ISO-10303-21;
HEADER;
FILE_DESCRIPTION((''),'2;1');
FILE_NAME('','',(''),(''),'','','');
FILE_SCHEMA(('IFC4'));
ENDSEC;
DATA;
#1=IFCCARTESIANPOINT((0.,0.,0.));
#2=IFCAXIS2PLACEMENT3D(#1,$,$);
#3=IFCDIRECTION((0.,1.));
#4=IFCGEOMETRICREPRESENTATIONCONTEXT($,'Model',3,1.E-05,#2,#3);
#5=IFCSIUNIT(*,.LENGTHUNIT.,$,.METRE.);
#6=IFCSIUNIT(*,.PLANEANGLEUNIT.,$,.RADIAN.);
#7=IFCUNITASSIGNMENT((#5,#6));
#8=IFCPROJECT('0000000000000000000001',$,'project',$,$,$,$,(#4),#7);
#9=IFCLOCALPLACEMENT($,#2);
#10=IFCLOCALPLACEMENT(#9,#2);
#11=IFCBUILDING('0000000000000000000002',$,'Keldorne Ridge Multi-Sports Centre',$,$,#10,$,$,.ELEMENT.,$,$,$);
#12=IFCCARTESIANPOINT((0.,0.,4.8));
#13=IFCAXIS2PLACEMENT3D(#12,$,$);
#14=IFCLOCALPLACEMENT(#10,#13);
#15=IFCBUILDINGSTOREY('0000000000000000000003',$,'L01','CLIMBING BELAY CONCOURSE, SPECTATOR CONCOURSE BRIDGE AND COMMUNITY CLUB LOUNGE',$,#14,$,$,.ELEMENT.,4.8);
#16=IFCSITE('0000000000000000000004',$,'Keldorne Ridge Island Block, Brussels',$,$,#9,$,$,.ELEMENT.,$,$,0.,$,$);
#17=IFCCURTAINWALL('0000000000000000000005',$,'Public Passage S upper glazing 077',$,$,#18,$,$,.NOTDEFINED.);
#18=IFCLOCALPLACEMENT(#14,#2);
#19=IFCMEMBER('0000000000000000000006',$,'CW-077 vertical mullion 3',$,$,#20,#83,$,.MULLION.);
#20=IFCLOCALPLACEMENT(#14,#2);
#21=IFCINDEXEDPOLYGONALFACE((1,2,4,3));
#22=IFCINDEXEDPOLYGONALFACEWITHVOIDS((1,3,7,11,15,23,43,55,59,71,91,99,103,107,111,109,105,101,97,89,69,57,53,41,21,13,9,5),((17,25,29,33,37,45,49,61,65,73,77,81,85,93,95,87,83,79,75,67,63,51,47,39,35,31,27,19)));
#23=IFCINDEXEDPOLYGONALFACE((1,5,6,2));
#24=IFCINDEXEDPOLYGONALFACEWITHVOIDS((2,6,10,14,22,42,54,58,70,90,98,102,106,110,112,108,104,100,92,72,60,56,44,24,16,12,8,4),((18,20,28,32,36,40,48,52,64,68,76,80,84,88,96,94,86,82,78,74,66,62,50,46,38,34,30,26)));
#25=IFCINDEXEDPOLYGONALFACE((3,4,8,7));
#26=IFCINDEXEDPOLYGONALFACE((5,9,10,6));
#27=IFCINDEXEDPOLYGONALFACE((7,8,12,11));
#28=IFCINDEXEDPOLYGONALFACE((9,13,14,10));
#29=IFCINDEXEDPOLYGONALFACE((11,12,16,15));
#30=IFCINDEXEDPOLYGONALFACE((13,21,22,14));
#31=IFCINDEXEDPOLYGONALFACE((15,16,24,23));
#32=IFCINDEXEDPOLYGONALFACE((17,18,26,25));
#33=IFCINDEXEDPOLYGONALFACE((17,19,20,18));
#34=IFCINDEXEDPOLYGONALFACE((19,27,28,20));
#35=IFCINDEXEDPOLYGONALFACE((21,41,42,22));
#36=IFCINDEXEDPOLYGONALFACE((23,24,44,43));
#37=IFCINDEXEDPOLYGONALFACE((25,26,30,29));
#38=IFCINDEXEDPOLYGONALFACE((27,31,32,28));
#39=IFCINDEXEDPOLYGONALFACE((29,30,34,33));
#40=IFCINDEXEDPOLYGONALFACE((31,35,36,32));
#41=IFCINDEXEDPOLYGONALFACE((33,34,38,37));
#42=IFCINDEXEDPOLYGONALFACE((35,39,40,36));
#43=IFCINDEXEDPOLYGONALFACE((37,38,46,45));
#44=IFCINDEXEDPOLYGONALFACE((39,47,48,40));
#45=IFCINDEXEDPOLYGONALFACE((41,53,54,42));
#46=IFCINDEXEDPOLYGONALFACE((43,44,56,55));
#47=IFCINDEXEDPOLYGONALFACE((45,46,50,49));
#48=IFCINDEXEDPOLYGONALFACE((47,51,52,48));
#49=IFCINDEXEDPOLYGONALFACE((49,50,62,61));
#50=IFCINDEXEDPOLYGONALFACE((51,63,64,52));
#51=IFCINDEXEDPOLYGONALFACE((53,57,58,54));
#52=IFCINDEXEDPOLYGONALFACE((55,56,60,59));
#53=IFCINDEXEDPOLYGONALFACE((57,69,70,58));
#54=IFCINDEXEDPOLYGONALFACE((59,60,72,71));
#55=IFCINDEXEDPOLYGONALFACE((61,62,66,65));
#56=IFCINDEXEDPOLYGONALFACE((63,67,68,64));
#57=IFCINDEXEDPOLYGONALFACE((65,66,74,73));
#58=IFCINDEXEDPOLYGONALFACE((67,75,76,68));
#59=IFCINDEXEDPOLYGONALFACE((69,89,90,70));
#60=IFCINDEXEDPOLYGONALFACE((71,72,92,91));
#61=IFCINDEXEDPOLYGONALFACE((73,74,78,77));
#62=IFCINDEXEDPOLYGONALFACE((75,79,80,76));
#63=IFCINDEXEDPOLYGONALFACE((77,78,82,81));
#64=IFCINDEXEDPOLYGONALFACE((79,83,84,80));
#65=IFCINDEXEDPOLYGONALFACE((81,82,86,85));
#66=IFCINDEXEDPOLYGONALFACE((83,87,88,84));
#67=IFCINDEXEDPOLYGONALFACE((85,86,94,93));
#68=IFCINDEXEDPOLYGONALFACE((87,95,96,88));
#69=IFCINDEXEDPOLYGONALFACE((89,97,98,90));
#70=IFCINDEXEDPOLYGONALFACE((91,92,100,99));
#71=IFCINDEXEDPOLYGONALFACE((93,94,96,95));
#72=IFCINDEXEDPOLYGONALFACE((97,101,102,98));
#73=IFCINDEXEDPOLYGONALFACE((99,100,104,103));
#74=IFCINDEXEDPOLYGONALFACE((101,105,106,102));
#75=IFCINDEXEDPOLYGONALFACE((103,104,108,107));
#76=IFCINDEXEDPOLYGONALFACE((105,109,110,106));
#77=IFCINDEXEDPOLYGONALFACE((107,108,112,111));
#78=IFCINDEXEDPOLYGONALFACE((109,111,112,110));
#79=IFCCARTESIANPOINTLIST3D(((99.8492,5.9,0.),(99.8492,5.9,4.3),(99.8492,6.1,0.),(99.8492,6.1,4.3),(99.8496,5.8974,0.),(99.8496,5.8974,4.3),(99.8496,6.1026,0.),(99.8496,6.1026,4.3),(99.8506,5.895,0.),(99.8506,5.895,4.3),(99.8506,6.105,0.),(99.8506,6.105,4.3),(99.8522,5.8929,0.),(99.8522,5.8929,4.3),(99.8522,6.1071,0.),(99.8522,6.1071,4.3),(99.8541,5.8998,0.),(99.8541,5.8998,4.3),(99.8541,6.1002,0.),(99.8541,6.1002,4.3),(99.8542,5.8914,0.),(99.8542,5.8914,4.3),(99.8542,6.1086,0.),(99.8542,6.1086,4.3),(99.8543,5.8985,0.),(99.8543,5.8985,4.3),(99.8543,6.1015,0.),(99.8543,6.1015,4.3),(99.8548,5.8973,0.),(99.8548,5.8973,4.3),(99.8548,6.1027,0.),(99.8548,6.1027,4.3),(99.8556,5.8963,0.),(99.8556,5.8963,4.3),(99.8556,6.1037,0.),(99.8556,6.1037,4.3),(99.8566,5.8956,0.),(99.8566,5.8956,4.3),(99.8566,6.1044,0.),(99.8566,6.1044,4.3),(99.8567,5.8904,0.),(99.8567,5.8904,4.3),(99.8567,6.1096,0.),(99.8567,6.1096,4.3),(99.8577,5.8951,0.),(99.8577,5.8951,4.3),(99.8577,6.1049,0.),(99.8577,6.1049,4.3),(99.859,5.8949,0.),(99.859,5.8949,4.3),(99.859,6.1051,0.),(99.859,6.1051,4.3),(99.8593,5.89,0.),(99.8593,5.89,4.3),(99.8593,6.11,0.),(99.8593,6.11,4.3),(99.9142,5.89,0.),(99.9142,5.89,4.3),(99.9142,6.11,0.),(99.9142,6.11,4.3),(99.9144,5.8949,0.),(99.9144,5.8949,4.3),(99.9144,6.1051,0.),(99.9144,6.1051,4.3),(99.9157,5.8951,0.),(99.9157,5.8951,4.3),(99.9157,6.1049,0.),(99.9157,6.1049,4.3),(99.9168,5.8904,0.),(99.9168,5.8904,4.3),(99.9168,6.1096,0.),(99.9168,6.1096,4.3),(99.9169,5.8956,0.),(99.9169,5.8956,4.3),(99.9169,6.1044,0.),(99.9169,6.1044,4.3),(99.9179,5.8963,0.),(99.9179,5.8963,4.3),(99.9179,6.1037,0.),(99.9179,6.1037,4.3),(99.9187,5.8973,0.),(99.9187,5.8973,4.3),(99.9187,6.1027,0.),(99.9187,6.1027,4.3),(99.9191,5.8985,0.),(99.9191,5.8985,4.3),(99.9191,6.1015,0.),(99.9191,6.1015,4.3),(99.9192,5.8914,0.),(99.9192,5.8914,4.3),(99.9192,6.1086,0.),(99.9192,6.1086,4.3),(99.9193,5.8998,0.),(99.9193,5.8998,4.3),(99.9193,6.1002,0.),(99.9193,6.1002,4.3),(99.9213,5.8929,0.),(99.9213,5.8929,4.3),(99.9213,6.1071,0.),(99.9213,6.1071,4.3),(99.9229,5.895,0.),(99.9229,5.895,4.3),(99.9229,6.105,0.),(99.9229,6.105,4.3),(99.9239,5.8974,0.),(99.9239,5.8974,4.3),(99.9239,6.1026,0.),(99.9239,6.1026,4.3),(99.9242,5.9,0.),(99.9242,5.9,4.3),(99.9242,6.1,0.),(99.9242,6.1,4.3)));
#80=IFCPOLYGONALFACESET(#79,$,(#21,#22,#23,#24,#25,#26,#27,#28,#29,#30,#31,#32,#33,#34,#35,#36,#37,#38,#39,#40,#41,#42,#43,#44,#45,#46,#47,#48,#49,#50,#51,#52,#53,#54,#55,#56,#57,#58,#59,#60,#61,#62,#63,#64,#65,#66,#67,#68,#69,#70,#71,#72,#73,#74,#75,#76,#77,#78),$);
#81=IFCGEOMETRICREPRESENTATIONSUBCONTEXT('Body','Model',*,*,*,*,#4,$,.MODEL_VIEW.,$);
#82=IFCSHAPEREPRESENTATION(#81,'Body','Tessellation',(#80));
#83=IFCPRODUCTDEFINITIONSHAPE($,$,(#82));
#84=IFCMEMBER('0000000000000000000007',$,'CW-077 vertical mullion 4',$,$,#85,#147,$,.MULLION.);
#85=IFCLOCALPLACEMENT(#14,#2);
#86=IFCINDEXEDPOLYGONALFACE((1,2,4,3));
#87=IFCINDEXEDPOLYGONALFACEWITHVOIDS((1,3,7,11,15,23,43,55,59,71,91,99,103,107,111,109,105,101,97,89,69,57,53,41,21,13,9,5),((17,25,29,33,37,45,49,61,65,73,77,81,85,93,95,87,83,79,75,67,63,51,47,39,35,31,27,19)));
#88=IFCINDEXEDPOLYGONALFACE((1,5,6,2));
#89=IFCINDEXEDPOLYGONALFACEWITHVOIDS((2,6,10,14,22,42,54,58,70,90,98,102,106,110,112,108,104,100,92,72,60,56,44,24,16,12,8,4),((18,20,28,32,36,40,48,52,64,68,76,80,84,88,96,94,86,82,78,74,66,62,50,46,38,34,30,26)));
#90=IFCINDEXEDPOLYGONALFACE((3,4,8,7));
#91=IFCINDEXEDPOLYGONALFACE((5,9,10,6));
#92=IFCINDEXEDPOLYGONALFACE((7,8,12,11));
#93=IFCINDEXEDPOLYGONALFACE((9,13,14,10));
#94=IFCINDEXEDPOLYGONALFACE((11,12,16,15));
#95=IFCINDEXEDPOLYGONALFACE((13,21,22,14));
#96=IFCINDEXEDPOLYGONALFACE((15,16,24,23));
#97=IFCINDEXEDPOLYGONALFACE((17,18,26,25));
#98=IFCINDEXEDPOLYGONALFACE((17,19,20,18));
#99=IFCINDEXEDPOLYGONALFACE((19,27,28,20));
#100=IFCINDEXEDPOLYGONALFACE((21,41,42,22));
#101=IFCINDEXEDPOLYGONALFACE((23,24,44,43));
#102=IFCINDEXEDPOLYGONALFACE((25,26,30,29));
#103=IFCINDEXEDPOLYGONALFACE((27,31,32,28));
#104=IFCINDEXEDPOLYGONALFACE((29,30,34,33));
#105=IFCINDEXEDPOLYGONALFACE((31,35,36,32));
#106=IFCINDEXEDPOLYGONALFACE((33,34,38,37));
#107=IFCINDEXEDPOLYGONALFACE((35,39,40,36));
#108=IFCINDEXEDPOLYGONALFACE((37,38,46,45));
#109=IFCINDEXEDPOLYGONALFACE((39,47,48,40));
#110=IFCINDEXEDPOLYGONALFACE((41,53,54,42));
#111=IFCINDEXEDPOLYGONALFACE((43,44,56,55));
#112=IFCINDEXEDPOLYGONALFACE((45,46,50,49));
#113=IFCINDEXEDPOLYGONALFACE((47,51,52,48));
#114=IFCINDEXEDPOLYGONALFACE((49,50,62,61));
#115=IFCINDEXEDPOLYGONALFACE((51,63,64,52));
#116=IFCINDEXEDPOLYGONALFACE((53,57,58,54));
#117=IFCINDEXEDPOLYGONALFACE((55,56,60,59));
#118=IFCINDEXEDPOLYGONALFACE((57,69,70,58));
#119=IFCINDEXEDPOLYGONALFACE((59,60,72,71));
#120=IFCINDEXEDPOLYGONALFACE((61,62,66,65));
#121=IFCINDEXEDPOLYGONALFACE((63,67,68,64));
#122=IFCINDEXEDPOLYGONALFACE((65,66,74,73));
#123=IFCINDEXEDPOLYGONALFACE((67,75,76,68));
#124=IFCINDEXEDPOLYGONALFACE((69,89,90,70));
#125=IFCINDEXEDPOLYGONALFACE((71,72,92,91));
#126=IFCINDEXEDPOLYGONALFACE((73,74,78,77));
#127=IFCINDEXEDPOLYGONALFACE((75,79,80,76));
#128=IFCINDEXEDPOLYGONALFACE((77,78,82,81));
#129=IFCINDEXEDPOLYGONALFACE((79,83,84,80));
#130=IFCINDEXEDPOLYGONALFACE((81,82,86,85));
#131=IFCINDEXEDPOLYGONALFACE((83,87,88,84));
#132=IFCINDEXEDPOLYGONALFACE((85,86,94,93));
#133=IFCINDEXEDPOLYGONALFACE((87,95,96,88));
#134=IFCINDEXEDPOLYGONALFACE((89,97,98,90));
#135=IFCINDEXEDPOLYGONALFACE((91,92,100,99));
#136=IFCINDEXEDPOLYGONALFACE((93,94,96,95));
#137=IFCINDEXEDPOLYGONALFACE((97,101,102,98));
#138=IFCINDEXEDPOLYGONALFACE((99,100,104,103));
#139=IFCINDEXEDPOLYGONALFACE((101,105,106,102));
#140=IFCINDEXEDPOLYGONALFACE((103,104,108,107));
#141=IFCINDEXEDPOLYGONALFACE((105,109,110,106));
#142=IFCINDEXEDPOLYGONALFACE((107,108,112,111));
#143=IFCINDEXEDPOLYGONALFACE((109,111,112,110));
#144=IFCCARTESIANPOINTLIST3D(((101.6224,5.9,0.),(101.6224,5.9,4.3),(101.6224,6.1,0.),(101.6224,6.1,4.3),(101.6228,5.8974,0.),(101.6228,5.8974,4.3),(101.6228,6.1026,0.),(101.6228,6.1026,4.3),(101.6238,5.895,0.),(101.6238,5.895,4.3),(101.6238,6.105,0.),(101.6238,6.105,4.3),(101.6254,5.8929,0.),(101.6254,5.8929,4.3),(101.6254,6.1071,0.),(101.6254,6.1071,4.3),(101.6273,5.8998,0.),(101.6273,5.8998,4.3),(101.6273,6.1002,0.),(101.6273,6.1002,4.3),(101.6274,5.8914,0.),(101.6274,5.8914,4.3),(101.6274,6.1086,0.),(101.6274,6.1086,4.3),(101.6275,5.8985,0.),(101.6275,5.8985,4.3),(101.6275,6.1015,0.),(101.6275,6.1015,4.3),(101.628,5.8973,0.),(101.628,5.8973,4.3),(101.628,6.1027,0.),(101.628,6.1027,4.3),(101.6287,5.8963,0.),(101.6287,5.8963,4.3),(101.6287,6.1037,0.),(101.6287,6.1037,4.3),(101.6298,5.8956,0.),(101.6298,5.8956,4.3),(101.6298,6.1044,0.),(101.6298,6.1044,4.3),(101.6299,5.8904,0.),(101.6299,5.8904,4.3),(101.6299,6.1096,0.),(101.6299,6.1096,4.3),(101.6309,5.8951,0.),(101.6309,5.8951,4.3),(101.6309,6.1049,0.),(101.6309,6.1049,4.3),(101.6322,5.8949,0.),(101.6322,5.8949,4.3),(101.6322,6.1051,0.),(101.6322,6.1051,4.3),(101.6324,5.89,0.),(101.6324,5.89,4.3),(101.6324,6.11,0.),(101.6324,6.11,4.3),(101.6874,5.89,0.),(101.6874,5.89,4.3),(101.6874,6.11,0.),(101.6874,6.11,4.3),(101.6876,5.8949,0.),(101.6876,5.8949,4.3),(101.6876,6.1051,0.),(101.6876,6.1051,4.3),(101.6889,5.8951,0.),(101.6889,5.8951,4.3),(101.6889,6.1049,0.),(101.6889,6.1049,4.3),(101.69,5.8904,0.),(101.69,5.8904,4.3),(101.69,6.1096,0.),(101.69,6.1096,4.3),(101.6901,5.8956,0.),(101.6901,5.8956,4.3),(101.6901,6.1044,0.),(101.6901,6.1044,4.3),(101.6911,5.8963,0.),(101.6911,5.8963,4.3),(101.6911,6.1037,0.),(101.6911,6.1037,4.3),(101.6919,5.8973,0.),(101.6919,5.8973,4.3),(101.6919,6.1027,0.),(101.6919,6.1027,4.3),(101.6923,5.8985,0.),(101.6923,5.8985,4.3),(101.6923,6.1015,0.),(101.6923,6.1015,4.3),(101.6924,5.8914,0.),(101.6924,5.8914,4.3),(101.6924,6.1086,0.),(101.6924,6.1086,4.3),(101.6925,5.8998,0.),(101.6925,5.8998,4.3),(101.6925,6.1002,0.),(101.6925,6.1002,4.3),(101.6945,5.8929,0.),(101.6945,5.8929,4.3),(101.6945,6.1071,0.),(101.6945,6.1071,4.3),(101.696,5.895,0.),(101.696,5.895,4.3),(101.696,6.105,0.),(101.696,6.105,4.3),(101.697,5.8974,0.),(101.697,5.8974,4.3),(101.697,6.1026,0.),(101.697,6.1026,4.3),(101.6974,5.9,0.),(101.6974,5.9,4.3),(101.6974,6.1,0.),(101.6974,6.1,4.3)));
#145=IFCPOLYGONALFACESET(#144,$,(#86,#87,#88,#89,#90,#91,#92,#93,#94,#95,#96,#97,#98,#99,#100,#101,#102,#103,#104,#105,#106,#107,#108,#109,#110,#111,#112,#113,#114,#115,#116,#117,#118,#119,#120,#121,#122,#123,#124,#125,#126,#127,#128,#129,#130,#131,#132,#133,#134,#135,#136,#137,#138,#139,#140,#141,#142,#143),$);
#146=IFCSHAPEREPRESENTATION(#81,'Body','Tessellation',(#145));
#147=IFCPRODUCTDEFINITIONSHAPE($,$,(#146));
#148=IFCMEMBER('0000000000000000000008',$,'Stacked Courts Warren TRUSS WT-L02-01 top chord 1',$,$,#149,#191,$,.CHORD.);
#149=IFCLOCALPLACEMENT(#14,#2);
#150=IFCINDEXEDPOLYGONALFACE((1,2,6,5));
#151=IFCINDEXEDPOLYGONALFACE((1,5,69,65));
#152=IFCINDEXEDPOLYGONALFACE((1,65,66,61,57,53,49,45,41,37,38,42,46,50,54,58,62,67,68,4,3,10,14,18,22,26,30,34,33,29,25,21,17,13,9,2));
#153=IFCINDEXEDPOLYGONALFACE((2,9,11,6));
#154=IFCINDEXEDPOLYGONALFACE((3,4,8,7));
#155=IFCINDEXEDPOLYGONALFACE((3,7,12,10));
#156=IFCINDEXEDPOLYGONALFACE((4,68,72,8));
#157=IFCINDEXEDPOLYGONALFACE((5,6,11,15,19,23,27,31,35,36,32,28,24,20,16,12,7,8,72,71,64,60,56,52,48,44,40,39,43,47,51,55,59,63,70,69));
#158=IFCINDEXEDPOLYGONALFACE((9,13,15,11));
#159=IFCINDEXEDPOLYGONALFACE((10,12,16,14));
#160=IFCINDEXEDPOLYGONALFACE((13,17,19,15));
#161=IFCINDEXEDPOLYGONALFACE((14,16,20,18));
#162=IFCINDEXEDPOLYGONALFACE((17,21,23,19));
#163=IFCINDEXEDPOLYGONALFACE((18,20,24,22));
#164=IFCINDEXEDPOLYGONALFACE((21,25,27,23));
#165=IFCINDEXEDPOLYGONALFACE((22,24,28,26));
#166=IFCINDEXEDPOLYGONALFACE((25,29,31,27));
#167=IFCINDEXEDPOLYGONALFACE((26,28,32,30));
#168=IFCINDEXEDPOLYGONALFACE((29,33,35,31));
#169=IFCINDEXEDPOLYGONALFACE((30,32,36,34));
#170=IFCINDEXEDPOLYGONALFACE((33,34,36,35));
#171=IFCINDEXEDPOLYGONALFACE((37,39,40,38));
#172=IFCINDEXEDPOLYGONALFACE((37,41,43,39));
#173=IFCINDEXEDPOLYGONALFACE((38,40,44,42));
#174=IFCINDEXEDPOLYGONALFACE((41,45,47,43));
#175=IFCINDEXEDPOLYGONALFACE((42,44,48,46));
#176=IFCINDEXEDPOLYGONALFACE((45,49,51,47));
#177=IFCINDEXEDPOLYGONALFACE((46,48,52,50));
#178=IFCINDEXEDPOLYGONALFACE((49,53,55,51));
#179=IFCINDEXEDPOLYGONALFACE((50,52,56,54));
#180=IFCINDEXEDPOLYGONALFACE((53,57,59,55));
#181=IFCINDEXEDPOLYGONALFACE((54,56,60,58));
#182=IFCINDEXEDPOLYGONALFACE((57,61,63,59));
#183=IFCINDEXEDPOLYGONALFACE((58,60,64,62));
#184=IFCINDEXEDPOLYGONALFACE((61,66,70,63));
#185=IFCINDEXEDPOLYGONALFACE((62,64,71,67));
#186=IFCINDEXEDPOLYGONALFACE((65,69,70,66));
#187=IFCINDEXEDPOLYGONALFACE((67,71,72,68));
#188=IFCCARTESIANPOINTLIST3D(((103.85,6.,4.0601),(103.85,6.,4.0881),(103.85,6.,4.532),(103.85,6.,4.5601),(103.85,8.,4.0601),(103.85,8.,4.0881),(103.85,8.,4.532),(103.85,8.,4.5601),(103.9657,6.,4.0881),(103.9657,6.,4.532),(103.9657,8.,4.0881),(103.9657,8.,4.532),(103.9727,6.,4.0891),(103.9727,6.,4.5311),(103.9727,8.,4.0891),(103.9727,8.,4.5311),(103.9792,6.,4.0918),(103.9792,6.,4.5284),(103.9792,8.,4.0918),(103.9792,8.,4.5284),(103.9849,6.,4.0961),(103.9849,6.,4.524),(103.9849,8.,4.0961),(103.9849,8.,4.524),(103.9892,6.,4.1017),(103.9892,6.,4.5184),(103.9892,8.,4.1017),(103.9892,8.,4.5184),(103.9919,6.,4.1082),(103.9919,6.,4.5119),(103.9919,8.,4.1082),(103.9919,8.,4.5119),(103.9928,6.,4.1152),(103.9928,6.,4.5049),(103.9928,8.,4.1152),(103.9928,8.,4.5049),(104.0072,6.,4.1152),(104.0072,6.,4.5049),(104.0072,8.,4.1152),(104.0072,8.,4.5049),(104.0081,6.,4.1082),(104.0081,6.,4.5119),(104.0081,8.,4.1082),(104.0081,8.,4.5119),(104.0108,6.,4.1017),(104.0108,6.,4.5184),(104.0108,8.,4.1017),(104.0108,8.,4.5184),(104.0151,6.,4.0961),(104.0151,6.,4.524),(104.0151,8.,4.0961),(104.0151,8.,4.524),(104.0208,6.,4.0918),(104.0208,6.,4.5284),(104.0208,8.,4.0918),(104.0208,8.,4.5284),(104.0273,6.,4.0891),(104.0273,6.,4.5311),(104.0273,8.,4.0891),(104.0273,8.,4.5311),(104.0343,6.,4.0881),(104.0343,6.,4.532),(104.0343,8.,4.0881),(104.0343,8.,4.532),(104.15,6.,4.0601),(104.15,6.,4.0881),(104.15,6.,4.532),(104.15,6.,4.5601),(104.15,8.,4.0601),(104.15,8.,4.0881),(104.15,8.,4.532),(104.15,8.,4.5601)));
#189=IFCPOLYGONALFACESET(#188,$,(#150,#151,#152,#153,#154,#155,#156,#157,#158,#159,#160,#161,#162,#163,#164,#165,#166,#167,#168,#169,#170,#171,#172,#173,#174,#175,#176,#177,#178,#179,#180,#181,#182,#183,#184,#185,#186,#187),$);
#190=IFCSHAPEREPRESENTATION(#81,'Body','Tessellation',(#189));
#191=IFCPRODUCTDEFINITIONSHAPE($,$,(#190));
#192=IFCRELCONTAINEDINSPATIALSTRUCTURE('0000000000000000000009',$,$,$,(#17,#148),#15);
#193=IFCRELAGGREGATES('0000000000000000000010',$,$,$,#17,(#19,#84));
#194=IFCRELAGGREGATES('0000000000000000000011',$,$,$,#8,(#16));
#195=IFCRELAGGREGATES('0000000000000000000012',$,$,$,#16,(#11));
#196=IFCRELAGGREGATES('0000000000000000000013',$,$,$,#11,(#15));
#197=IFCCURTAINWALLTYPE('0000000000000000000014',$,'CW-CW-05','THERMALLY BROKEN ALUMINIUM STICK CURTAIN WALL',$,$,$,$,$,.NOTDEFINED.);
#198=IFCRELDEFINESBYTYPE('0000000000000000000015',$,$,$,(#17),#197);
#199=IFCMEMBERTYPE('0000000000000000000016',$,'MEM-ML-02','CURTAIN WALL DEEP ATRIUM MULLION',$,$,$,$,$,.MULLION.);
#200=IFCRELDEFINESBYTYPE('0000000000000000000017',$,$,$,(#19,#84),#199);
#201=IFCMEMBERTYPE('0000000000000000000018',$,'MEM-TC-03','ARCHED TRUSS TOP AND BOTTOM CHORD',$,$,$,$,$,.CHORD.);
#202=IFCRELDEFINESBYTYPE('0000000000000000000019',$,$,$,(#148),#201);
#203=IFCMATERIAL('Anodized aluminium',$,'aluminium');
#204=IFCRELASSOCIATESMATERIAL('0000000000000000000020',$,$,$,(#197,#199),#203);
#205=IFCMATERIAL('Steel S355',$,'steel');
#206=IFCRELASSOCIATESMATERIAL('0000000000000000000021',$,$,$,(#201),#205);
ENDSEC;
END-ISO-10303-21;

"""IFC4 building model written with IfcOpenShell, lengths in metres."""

from ifc_helpers import new_model, si_unit, direction, frame, origin, origin_2d, place, context, subcontext, project, spatial, hollow_rectangle, i_section, extrude, material, material_profile, profile_set, type_object, element, aggregate, save


model = new_model("IFC4")

# Units and contexts
model_context = context("Model", 3, precision=1e-05, world=origin(), true_north=direction((0.0, 1.0)))
body_context = subcontext(model_context, "Body", "Model", "MODEL_VIEW")
ifc_project = project(units=[si_unit("LENGTHUNIT", "METRE"), si_unit("PLANEANGLEUNIT", "RADIAN")], contexts=[model_context])

# Site, building, storey
site_placement = place(None, origin())
site = spatial("IfcSite", under=ifc_project, at=site_placement, Name="Keldorne Ridge Island Block, Brussels", CompositionType="ELEMENT", RefElevation=0.0)
building_placement = place(site_placement, origin())
building = spatial("IfcBuilding", under=site, at=building_placement, Name="Keldorne Ridge Multi-Sports Centre", CompositionType="ELEMENT")
storey_placement = place(building_placement, frame((0.0, 0.0, 4.8)))
storey = spatial("IfcBuildingStorey", under=building, at=storey_placement, Name="L01", Description="CLIMBING BELAY CONCOURSE, SPECTATOR CONCOURSE BRIDGE AND COMMUNITY CLUB LOUNGE", CompositionType="ELEMENT", Elevation=4.8)

# Shared definitions
ifc_material_1 = material(Name="Steel S355", Category="steel")

# Curtain wall, members
ifc_material_2 = material(Name="Anodized aluminium", Category="aluminium")
curtain_wall_type = type_object("IfcCurtainWallType", Name="CW-CW-05", Description="THERMALLY BROKEN ALUMINIUM STICK CURTAIN WALL", PredefinedType="NOTDEFINED", material=ifc_material_2)
curtain_wall_placement = place(storey_placement, origin())
curtain_wall = element("IfcCurtainWall", 1, at=curtain_wall_placement, inside=storey, type_object=curtain_wall_type, Name="Public Passage S upper glazing 077", PredefinedType="NOTDEFINED")
ifc_material_profile_1 = material_profile(ifc_material_2, hollow_rectangle(XDim=0.075, YDim=0.22, WallThickness=0.0049, InnerFilletRadius=0.0049, OuterFilletRadius=0.01, at=origin_2d()), Name="ALU MULLION 220x75x5")
ifc_profile_set_1 = profile_set([ifc_material_profile_1], Name="Anodized aluminium")
member_type_1 = type_object("IfcMemberType", Name="MEM-ML-02", Description="CURTAIN WALL DEEP ATRIUM MULLION", PredefinedType="MULLION", material=ifc_profile_set_1)
member_1_placement = place(storey_placement, frame((99.8867, 6.0, 0.0), z_axis=(0.0, 0.0, 1.0), x_axis=(1.0, 0.0, 0.0)))
member_1 = element("IfcMember", 2, at=member_1_placement, type_object=member_type_1, Name="CW-077 vertical mullion 3", PredefinedType="MULLION", context=body_context, shape_type="SweptSolid", body=[
    extrude(hollow_rectangle(XDim=0.075, YDim=0.22, WallThickness=0.0049, InnerFilletRadius=0.0049, OuterFilletRadius=0.01, at=origin_2d()), origin(), (0.0, 0.0, 1.0), 4.3),
])
member_2_placement = place(storey_placement, frame((101.6599, 6.0, 0.0), z_axis=(0.0, 0.0, 1.0), x_axis=(1.0, 0.0, 0.0)))
member_2 = element("IfcMember", 3, at=member_2_placement, type_object=member_type_1, Name="CW-077 vertical mullion 4", PredefinedType="MULLION", context=body_context, shape_type="SweptSolid", body=[
    extrude(hollow_rectangle(XDim=0.075, YDim=0.22, WallThickness=0.0049, InnerFilletRadius=0.0049, OuterFilletRadius=0.01, at=origin_2d()), origin(), (0.0, 0.0, 1.0), 4.3),
])

# Member
ifc_material_profile_2 = material_profile(ifc_material_1, i_section(OverallWidth=0.3, OverallDepth=0.5, WebThickness=0.0144, FlangeThickness=0.0281, FilletRadius=0.0271, at=origin_2d()), Name="HEB 500")
ifc_profile_set_2 = profile_set([ifc_material_profile_2], Name="Steel S355")
member_type_2 = type_object("IfcMemberType", Name="MEM-TC-03", Description="ARCHED TRUSS TOP AND BOTTOM CHORD", PredefinedType="CHORD", material=ifc_profile_set_2)
for number, where, z_axis, x_axis, name in (
    (4, (104.0, 6.0, 4.3101), (0.0, 1.0, 0.0), (-1.0, 0.0, 0.0), "Stacked Courts Warren TRUSS WT-L02-01 top chord 1"),
):
    element("IfcMember", number, at=place(storey_placement, frame(where, z_axis=z_axis, x_axis=x_axis)), inside=storey, type_object=member_type_2, Name=name, PredefinedType="CHORD", context=body_context, shape_type="SweptSolid", body=[
        extrude(i_section(OverallWidth=0.3, OverallDepth=0.5, WebThickness=0.0144, FlangeThickness=0.0281, FilletRadius=0.0271, at=origin_2d()), origin(), (0.0, 0.0, 1.0), 2.0),
    ])

aggregate(curtain_wall, [member_1, member_2])

save(model, "model.ifc")
